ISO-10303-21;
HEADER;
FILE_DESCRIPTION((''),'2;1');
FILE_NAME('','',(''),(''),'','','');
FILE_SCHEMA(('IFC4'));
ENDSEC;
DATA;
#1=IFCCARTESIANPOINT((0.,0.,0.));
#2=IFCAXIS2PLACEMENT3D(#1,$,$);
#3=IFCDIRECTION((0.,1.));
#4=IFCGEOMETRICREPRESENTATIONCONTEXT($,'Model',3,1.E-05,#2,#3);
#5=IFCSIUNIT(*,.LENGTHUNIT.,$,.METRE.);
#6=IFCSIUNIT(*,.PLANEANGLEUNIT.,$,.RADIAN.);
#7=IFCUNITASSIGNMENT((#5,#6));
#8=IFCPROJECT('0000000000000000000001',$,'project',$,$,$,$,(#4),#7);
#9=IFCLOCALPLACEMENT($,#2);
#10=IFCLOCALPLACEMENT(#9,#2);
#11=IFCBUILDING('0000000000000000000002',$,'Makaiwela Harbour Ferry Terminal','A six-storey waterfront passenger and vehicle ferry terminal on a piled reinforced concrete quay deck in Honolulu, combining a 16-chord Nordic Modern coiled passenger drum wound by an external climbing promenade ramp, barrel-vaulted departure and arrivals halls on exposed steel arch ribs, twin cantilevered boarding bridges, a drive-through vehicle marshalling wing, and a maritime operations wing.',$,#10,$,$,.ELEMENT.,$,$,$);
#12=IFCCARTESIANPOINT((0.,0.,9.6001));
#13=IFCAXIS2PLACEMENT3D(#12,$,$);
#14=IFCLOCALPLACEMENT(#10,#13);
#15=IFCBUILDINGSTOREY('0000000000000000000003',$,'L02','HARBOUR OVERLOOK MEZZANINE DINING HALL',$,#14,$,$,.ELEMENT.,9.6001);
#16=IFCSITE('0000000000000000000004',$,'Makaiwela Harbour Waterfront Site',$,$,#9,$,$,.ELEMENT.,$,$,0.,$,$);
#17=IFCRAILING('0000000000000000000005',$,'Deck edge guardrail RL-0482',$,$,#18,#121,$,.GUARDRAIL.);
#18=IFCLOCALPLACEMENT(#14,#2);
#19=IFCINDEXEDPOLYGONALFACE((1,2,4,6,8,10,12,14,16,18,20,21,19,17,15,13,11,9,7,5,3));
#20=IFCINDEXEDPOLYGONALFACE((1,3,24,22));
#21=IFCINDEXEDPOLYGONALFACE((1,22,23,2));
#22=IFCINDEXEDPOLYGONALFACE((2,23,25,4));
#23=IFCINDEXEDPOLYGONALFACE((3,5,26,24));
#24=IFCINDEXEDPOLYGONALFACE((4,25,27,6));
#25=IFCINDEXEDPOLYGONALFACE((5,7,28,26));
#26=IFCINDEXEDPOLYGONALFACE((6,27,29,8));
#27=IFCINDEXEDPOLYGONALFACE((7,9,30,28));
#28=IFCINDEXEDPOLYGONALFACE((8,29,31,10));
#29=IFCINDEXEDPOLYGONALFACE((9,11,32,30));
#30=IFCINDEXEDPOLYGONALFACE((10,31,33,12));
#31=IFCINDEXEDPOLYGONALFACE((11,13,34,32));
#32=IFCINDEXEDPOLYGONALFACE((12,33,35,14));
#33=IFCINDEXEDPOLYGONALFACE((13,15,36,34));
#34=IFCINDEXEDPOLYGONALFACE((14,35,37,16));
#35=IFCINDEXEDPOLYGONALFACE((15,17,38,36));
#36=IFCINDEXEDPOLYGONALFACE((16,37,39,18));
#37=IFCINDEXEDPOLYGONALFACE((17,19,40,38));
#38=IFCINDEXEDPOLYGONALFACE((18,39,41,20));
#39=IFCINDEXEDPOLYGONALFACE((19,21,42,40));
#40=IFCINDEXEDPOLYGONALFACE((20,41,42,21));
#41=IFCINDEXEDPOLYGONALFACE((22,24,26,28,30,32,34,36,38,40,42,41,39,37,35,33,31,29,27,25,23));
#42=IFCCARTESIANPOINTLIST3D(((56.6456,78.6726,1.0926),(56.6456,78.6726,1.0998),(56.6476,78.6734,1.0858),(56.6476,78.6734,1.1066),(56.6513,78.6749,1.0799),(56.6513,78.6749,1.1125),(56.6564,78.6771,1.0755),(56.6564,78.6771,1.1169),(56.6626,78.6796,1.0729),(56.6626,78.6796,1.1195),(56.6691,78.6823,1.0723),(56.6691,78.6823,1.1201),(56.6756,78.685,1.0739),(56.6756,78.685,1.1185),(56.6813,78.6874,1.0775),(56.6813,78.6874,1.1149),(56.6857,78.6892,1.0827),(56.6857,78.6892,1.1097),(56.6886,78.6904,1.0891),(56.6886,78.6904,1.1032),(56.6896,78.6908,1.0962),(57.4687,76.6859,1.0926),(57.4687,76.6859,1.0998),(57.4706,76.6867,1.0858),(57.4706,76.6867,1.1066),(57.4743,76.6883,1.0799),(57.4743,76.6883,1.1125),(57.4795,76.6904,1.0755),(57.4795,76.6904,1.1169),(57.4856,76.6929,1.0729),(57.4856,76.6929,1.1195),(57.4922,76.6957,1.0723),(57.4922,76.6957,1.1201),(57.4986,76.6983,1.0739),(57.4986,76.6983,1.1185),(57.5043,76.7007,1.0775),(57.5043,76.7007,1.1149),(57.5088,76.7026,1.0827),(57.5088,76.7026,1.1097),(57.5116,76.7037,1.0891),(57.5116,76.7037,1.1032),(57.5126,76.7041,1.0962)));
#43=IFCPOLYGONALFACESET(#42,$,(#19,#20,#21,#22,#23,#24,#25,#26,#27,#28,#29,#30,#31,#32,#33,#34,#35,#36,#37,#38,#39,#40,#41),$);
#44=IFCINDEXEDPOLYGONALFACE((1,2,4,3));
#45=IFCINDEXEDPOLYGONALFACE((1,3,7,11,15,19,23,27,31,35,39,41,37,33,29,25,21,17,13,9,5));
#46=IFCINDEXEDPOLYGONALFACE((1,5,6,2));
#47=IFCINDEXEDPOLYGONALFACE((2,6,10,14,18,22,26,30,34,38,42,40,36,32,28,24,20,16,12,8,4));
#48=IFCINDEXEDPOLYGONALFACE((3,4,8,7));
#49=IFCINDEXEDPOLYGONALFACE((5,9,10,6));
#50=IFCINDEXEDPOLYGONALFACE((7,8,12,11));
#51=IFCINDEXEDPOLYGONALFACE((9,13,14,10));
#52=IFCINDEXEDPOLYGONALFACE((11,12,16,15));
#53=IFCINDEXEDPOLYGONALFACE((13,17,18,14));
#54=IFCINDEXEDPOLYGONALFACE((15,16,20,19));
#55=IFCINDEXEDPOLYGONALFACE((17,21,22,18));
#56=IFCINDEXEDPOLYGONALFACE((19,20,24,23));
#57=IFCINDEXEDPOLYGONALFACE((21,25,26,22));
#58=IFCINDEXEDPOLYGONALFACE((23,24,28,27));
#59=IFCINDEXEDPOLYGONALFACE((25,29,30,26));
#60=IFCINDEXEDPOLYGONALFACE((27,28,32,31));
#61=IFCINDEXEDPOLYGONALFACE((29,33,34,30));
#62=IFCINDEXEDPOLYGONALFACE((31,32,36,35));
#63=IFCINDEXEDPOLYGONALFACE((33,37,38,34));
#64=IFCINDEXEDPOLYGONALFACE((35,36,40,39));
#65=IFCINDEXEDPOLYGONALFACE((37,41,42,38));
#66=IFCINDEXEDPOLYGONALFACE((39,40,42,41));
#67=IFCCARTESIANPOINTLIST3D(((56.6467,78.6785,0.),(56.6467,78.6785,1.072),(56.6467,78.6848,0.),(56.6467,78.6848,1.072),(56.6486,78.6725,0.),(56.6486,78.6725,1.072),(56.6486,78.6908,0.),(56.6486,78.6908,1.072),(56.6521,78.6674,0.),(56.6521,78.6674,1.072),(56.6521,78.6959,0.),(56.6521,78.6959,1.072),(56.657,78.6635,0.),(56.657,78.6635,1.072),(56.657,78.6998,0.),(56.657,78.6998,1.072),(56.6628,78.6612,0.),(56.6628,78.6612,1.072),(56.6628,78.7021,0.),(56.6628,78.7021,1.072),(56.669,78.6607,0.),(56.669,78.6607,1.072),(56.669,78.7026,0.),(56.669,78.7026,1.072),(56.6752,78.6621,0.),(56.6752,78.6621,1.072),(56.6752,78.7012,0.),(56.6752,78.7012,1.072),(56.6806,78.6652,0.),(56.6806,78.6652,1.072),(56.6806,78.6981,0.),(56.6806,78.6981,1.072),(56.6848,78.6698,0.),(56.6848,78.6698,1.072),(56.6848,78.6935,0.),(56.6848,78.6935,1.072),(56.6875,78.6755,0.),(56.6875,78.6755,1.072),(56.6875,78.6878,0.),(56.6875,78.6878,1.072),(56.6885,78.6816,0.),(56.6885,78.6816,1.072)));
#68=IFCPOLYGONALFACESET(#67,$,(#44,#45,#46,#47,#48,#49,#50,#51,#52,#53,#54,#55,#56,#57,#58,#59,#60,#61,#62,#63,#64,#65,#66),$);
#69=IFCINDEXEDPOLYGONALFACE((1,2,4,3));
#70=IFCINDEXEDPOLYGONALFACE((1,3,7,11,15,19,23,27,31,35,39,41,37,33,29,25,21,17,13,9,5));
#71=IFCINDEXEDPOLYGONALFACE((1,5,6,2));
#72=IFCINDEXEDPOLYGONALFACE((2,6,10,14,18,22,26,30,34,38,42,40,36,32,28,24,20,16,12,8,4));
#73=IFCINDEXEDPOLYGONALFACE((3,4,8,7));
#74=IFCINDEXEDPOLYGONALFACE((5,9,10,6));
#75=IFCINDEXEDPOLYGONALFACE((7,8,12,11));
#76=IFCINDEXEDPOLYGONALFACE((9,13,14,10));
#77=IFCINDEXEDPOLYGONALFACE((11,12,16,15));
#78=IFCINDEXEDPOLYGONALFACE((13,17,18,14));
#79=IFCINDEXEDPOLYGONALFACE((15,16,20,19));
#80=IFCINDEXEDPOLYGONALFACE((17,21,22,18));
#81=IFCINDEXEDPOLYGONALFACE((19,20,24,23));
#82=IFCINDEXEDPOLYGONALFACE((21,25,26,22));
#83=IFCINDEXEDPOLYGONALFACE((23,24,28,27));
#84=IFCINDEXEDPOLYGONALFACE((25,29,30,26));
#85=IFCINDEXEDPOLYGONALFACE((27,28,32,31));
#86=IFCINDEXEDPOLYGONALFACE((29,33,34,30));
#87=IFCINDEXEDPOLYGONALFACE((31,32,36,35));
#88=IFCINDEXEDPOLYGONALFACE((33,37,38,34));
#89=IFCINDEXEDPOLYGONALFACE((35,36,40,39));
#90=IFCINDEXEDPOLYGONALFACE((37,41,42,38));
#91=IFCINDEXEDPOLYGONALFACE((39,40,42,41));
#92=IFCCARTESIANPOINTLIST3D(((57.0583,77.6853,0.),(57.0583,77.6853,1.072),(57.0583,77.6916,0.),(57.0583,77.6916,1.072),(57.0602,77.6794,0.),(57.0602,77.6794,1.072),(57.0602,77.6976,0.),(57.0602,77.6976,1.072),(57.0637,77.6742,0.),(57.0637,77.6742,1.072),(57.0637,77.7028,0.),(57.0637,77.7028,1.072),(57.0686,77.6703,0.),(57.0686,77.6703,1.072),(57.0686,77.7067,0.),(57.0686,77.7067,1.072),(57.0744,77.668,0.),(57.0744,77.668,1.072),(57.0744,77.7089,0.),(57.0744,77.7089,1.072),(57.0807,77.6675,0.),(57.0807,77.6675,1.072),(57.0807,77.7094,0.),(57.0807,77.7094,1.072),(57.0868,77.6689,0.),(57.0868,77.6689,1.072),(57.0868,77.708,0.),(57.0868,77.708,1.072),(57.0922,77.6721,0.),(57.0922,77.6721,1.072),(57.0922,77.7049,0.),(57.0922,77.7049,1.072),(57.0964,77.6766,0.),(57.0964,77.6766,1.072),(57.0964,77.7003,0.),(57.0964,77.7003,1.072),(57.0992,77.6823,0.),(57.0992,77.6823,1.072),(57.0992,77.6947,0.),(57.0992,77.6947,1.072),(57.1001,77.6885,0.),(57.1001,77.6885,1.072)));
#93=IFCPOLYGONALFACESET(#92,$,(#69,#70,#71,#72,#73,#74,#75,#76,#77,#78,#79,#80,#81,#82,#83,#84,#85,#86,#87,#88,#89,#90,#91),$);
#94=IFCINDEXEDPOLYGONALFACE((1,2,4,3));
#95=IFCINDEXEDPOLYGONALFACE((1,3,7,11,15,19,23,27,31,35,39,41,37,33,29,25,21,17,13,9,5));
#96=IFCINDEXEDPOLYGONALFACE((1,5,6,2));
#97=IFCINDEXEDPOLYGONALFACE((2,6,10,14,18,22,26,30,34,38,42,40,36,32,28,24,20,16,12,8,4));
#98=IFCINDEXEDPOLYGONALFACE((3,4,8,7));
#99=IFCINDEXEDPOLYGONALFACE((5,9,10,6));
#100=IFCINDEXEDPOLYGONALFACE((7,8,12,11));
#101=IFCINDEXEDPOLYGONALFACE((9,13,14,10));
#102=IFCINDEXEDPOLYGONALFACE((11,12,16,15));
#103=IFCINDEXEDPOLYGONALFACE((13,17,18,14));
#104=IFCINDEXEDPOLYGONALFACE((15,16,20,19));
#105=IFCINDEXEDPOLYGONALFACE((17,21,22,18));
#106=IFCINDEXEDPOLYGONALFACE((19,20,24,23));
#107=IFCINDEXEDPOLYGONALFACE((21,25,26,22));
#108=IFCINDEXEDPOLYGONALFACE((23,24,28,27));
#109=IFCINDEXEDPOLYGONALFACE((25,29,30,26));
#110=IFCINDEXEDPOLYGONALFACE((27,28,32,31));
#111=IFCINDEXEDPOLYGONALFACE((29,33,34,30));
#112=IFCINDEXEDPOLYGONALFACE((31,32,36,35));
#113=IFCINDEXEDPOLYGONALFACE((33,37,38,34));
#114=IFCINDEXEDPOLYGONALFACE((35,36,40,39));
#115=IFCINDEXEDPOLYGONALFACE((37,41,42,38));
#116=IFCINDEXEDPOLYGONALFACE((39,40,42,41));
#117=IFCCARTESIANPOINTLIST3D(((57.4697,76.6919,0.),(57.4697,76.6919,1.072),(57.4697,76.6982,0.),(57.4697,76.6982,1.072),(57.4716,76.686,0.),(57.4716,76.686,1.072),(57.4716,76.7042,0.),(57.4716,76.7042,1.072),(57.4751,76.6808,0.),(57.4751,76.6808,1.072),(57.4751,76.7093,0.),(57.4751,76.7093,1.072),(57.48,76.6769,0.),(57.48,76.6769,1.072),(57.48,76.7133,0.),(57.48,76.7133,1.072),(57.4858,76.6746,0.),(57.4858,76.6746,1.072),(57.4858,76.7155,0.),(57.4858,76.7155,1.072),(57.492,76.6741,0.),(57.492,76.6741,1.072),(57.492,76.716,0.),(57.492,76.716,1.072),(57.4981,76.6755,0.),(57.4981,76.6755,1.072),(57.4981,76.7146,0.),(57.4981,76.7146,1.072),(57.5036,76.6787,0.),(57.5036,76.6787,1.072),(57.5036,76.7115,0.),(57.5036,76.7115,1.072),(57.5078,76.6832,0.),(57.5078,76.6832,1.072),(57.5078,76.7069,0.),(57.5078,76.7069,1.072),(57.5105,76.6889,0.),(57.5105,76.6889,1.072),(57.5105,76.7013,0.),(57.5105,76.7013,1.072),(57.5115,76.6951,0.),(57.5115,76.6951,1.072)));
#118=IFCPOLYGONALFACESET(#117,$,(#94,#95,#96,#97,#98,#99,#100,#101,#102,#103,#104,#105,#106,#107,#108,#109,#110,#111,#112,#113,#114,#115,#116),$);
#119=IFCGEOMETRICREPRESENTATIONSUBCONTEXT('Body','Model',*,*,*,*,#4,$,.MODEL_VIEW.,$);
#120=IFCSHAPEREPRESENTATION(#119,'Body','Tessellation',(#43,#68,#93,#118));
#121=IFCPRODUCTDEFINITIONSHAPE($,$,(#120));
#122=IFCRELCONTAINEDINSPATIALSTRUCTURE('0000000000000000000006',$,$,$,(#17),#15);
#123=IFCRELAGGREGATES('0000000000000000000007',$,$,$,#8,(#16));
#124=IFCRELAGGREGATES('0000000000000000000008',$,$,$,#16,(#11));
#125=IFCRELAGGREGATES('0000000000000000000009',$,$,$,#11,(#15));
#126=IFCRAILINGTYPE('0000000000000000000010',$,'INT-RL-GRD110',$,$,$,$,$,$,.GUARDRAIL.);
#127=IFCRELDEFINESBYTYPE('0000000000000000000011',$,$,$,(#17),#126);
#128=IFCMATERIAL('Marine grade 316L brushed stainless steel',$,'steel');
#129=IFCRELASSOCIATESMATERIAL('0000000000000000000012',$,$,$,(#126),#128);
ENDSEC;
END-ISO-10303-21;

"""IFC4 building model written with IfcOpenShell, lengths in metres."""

from ifc_helpers import new_model, si_unit, direction, frame, origin, origin_2d, place, context, subcontext, project, spatial, circle, extrude, material, type_object, element, save


model = new_model("IFC4")

# Units and contexts
model_context = context("Model", 3, precision=1e-05, world=origin(), true_north=direction((0.0, 1.0)))
body_context = subcontext(model_context, "Body", "Model", "MODEL_VIEW")
ifc_project = project(units=[si_unit("LENGTHUNIT", "METRE"), si_unit("PLANEANGLEUNIT", "RADIAN")], contexts=[model_context])

# Site, building, storey
site_placement = place(None, origin())
site = spatial("IfcSite", under=ifc_project, at=site_placement, Name="Makaiwela Harbour Waterfront Site", CompositionType="ELEMENT", RefElevation=0.0)
building_placement = place(site_placement, origin())
building = spatial("IfcBuilding", under=site, at=building_placement, Name="Makaiwela Harbour Ferry Terminal", Description="A six-storey waterfront passenger and vehicle ferry terminal on a piled reinforced concrete quay deck in Honolulu, combining a 16-chord Nordic Modern coiled passenger drum wound by an external climbing promenade ramp, barrel-vaulted departure and arrivals halls on exposed steel arch ribs, twin cantilevered boarding bridges, a drive-through vehicle marshalling wing, and a maritime operations wing.", CompositionType="ELEMENT")
storey_placement = place(building_placement, frame((0.0, 0.0, 9.6001)))
storey = spatial("IfcBuildingStorey", under=building, at=storey_placement, Name="L02", Description="HARBOUR OVERLOOK MEZZANINE DINING HALL", CompositionType="ELEMENT", Elevation=9.6001)

# Railing
ifc_material_1 = material(Name="Marine grade 316L brushed stainless steel", Category="steel")
railing_type = type_object("IfcRailingType", Name="INT-RL-GRD110", PredefinedType="GUARDRAIL", material=ifc_material_1)
railing_1_placement = place(storey_placement, frame((56.6675, 78.6816, 0.0)))
element("IfcRailing", 1, at=railing_1_placement, inside=storey, type_object=railing_type, Name="Deck edge guardrail RL-0482", PredefinedType="GUARDRAIL", context=body_context, shape_type="SweptSolid", body=[
    extrude(circle(Radius=0.0239, at=origin_2d()), frame((0.0, 0.0, 1.0962), z_axis=(0.382736, -0.923858, 0.0), x_axis=(0.923858, 0.382736, 0.0)), (0.0, 0.0, 1.0), 2.1504),
    extrude(circle(Radius=0.021, at=origin_2d()), origin(), (0.0, 0.0, 1.0), 1.072),
    extrude(circle(Radius=0.021, at=origin_2d()), frame((0.4116, -0.9932, 0.0)), (0.0, 0.0, 1.0), 1.072),
    extrude(circle(Radius=0.021, at=origin_2d()), frame((0.823, -1.9866, 0.0)), (0.0, 0.0, 1.0), 1.072),
])

save(model, "model.ifc")
